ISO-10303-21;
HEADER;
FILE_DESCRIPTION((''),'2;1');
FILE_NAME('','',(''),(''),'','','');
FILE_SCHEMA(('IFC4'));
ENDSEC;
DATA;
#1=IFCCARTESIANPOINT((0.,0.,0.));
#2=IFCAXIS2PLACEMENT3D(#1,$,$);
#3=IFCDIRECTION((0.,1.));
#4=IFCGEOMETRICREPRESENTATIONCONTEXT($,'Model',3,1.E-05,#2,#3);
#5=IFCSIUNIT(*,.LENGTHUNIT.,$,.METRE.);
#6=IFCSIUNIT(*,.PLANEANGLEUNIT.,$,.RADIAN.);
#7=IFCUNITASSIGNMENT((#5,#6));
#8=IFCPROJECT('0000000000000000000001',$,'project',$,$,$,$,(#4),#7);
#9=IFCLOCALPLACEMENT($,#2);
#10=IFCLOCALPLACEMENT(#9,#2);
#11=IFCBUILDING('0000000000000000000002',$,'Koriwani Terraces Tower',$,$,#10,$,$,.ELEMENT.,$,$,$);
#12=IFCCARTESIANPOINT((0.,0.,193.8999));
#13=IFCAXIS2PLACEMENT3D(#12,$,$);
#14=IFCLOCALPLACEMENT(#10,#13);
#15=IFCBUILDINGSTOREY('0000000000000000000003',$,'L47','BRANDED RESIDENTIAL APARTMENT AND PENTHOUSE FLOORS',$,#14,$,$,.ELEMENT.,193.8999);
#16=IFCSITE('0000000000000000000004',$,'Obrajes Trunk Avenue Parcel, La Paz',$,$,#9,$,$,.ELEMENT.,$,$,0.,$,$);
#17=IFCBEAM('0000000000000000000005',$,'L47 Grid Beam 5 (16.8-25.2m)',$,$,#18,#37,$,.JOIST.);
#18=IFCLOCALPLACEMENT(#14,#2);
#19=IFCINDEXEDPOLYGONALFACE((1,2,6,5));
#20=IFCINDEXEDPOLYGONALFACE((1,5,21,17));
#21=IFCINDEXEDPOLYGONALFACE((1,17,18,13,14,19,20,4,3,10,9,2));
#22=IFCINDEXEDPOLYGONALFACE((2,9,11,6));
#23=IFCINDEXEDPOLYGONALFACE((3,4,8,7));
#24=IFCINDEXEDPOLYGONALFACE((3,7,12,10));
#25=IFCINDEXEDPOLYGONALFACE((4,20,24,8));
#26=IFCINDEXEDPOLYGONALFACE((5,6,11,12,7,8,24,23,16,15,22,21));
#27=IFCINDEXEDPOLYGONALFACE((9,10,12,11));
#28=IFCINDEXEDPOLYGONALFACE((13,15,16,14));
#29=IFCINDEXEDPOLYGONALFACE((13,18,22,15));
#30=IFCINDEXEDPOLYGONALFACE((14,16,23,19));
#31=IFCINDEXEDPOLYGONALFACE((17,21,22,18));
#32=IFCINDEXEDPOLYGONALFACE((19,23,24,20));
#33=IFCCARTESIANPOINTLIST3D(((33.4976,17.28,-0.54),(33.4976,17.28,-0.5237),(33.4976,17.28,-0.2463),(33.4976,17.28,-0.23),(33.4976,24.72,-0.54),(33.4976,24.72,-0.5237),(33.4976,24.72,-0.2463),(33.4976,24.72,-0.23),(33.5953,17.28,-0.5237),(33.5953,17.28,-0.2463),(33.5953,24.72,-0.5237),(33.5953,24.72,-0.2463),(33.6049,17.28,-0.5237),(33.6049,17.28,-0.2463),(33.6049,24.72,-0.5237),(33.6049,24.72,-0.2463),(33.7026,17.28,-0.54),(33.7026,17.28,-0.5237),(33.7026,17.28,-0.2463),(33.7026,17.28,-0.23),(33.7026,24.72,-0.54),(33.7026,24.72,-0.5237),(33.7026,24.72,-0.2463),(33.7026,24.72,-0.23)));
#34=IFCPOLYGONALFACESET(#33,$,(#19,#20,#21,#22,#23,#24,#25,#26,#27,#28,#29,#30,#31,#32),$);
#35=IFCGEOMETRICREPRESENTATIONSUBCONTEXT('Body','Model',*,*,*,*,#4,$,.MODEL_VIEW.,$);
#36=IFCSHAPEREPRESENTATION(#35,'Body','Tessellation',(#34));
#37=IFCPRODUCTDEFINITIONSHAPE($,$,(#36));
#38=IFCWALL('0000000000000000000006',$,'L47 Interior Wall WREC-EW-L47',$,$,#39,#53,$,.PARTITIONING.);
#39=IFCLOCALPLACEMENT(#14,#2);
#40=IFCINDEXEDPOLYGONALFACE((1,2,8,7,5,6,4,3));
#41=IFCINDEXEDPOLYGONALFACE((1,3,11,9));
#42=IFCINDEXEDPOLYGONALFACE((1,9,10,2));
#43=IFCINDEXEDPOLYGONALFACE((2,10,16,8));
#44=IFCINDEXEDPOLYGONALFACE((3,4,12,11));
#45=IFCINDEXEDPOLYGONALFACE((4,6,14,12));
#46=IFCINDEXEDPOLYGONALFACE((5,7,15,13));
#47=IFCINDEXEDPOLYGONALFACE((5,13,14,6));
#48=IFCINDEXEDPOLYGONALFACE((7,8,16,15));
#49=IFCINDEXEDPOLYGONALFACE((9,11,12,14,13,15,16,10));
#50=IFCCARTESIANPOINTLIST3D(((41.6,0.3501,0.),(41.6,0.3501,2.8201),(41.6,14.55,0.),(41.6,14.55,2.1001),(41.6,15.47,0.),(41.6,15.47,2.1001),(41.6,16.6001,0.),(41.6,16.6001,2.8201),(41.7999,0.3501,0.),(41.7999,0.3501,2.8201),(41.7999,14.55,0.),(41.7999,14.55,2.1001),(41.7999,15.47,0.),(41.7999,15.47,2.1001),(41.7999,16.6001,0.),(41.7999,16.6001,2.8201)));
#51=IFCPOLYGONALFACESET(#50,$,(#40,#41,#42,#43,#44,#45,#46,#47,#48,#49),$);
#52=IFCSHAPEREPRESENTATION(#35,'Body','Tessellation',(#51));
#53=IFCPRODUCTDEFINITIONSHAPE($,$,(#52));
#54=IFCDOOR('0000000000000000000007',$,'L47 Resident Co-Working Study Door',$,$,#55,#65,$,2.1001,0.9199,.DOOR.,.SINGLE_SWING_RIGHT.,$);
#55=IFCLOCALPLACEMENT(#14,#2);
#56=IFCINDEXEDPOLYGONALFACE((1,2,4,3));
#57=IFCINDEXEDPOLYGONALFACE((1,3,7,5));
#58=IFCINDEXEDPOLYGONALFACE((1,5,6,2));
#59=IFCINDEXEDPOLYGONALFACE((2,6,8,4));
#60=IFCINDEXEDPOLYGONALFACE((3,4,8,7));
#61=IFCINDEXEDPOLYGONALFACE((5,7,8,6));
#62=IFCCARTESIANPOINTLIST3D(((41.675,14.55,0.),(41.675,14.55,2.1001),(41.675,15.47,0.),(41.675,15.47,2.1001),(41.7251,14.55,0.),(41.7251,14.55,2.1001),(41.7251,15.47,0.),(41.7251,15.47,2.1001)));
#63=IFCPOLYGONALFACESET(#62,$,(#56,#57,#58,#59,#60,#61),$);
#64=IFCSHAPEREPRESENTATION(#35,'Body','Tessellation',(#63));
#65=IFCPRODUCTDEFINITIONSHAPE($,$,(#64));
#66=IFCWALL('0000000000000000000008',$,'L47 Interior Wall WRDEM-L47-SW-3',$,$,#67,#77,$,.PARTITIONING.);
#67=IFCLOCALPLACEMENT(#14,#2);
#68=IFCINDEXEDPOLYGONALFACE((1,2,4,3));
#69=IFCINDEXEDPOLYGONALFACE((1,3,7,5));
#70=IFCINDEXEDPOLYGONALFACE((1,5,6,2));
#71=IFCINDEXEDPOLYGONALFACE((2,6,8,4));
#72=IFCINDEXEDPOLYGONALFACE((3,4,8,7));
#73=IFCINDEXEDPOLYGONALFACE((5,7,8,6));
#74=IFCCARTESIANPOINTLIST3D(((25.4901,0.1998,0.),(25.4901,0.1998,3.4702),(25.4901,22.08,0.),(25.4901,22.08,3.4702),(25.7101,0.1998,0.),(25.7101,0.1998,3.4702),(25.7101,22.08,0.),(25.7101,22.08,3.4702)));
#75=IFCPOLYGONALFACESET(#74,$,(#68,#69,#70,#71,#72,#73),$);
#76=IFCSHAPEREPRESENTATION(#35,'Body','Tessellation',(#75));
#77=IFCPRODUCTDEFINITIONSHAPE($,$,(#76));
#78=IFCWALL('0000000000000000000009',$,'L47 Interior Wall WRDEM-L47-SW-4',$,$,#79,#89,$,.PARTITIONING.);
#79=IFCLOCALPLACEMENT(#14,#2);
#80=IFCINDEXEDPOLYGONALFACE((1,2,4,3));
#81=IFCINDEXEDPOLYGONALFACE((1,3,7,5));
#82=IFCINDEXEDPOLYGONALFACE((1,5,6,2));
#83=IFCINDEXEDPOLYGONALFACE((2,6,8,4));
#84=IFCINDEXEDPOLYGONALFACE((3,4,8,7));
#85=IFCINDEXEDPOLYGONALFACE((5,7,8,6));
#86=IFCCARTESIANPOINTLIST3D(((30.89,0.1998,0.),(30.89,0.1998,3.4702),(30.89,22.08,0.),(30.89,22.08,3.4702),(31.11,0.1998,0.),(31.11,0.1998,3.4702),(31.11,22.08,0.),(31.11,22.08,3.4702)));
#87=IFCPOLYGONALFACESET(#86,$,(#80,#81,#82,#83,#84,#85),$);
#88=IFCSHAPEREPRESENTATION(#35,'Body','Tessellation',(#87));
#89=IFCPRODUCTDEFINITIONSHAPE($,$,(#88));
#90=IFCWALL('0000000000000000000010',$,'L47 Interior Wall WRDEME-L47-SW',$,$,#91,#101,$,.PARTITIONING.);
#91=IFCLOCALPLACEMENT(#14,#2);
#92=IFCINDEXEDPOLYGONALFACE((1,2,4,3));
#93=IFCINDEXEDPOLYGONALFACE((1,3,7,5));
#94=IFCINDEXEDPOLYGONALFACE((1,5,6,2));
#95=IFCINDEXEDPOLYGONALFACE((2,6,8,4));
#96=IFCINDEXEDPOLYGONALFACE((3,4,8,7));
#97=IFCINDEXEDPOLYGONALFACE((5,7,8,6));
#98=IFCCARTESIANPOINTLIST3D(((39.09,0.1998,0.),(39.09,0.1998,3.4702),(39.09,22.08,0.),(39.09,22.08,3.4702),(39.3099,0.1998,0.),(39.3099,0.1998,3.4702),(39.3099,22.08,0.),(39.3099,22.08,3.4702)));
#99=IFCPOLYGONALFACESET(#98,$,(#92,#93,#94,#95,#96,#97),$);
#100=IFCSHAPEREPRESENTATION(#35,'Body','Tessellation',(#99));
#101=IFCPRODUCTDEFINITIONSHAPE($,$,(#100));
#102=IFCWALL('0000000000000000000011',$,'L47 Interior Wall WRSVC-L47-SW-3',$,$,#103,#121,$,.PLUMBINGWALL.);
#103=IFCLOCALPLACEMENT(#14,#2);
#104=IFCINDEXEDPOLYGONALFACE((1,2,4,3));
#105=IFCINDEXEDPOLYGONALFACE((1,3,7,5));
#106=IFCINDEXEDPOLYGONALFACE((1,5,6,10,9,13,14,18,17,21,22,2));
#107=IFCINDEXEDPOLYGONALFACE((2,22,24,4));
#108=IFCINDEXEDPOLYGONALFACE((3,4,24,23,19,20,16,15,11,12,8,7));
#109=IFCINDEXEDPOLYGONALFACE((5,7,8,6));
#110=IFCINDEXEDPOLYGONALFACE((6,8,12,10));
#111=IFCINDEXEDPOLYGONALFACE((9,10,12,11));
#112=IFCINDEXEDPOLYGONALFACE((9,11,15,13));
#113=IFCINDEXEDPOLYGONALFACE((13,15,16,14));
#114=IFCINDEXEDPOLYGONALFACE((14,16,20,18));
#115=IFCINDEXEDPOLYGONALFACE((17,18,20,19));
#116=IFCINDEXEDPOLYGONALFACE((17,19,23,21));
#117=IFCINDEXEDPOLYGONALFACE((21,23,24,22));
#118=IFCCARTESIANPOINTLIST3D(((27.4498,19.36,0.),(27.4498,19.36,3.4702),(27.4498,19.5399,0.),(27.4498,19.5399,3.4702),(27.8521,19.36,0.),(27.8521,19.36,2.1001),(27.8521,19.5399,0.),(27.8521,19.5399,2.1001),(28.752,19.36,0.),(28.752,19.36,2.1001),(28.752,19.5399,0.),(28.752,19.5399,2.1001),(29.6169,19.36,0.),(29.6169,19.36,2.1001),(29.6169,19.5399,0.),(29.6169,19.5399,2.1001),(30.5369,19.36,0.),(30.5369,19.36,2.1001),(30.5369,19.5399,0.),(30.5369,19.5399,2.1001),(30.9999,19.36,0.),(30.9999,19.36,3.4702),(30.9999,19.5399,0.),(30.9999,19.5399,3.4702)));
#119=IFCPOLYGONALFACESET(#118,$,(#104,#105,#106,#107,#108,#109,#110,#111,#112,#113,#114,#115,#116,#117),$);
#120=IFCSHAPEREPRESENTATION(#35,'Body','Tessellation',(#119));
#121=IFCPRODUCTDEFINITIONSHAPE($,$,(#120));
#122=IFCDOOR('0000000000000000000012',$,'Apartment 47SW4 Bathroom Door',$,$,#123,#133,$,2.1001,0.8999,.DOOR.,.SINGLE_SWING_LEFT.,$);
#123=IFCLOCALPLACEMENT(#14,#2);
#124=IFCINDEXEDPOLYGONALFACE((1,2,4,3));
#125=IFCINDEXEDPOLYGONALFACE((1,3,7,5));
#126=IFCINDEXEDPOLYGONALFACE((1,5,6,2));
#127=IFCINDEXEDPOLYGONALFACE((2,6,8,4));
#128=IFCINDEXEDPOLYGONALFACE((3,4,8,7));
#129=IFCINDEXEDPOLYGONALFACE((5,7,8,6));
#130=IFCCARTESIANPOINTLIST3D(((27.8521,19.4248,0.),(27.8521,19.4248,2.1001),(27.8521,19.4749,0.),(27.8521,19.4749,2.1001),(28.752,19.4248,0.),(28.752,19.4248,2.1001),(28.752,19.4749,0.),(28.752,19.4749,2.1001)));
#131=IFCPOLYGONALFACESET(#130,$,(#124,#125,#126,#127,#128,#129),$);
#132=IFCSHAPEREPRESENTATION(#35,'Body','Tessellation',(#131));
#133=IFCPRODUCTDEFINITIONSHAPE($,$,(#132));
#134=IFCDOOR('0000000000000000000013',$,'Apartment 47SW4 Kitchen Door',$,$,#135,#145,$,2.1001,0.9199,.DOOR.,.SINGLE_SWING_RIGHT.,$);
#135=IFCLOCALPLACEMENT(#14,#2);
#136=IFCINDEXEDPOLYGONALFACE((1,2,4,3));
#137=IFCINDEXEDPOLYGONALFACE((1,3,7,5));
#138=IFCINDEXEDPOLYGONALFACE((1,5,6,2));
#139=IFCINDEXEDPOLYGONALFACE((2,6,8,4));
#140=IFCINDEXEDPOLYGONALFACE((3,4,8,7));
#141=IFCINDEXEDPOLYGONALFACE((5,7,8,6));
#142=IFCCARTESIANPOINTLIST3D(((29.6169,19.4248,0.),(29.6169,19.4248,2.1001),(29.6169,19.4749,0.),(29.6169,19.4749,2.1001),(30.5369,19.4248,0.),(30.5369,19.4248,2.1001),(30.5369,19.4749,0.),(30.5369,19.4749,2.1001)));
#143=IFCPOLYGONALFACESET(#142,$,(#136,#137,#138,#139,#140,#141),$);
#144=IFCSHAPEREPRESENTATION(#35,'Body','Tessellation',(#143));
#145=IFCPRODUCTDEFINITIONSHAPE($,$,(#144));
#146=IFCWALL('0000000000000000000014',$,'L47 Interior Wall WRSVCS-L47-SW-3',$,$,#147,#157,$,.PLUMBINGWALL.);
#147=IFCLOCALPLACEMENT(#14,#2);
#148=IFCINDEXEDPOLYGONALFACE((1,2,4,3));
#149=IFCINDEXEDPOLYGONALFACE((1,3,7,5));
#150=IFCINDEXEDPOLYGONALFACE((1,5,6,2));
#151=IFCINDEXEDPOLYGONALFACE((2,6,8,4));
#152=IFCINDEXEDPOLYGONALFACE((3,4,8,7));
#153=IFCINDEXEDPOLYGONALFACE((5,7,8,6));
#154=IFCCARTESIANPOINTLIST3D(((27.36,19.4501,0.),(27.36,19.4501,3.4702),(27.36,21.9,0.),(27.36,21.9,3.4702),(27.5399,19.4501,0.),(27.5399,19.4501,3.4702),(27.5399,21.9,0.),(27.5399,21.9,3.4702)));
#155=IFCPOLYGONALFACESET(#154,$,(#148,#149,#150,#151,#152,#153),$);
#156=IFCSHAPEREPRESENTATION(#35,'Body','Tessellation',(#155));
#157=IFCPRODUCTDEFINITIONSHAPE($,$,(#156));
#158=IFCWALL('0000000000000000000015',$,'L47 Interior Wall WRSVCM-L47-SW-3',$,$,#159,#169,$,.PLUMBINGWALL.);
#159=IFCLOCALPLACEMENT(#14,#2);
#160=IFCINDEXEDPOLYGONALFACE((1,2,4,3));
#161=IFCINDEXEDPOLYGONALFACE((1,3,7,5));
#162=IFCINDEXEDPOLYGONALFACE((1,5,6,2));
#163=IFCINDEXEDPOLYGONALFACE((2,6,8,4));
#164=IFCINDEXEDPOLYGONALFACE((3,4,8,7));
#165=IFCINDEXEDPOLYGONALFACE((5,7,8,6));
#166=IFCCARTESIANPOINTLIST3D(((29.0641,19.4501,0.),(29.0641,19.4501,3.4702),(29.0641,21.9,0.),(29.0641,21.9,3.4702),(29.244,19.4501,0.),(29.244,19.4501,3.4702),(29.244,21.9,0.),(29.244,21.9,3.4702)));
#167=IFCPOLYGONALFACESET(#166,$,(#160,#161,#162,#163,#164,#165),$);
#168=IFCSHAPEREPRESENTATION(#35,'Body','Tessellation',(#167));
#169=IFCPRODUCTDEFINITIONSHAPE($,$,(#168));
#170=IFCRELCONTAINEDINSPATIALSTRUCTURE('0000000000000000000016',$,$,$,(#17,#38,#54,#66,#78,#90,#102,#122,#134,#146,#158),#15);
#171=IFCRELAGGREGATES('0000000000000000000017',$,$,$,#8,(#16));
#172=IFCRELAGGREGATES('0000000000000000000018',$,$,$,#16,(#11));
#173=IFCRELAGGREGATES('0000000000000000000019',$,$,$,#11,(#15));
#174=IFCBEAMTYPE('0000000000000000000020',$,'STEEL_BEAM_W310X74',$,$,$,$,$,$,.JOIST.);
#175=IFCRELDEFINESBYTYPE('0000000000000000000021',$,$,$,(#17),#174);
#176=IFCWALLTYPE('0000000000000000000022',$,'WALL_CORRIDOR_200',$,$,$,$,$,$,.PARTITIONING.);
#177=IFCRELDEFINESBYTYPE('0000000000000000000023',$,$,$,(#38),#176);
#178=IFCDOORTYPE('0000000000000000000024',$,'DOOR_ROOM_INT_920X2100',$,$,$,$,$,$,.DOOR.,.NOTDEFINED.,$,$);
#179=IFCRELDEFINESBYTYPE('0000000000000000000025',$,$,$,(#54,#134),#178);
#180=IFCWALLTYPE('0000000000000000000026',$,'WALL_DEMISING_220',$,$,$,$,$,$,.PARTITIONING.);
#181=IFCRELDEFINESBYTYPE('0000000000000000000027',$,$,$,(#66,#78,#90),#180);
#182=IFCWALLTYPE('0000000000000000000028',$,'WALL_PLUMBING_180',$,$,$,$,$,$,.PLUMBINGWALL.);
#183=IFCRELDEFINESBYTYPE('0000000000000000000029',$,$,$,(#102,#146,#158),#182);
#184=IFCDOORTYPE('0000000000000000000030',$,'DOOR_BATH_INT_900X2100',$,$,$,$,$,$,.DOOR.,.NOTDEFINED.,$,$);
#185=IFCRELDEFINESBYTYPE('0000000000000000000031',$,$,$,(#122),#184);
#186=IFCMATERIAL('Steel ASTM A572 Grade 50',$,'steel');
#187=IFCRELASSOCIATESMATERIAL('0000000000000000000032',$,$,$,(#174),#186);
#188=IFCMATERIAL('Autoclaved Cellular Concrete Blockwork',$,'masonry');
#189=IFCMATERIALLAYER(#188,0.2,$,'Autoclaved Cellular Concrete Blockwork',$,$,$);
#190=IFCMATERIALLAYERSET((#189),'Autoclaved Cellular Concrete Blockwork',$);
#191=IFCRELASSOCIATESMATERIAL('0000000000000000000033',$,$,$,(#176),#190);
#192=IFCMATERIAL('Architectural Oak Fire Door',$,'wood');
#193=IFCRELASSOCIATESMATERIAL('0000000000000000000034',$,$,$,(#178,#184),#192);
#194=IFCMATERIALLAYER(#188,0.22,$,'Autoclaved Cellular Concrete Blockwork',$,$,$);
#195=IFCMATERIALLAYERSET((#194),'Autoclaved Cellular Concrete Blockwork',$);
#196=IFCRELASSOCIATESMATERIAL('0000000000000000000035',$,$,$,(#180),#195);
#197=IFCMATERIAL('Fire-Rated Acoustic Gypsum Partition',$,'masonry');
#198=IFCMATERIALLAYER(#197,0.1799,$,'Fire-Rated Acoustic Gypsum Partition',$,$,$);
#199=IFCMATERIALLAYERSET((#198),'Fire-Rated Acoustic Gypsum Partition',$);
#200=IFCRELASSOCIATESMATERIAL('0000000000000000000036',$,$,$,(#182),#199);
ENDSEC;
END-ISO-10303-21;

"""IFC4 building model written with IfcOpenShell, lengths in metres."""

from ifc_helpers import new_model, si_unit, direction, frame, frame_2d, origin, origin_2d, place, context, subcontext, project, spatial, rectangle, i_section, extrude, material, layer, layer_set, material_profile, profile_set, type_object, element, fill, save


model = new_model("IFC4")

# Units and contexts
model_context = context("Model", 3, precision=1e-05, world=origin(), true_north=direction((0.0, 1.0)))
body_context = subcontext(model_context, "Body", "Model", "MODEL_VIEW")
ifc_project = project(units=[si_unit("LENGTHUNIT", "METRE"), si_unit("PLANEANGLEUNIT", "RADIAN")], contexts=[model_context])

# Site, building, storey
site_placement = place(None, origin())
site = spatial("IfcSite", under=ifc_project, at=site_placement, Name="Obrajes Trunk Avenue Parcel, La Paz", CompositionType="ELEMENT", RefElevation=0.0)
building_placement = place(site_placement, origin())
building = spatial("IfcBuilding", under=site, at=building_placement, Name="Koriwani Terraces Tower", CompositionType="ELEMENT")
storey_placement = place(building_placement, frame((0.0, 0.0, 193.8999)))
storey = spatial("IfcBuildingStorey", under=building, at=storey_placement, Name="L47", Description="BRANDED RESIDENTIAL APARTMENT AND PENTHOUSE FLOORS", CompositionType="ELEMENT", Elevation=193.8999)

# Beam
ifc_material_1 = material(Name="Steel ASTM A572 Grade 50", Category="steel")
ifc_material_profile_1 = material_profile(ifc_material_1, i_section(OverallWidth=0.2051, OverallDepth=0.3101, WebThickness=0.0095, FlangeThickness=0.0164, at=origin_2d()), Name="Steel ASTM A572 Grade 50", Category="LoadBearing")
ifc_profile_set_1 = profile_set([ifc_material_profile_1], Name="Steel ASTM A572 Grade 50")
beam_type_1 = type_object("IfcBeamType", Name="STEEL_BEAM_W310X74", PredefinedType="JOIST", material=ifc_profile_set_1)
beam_1_placement = place(storey_placement, frame((33.6001, 17.28, -0.385), z_axis=(0.0, 1.0, 0.0), x_axis=(-1.0, 0.0, 0.0)))
element("IfcBeam", 1, at=beam_1_placement, inside=storey, type_object=beam_type_1, Name="L47 Grid Beam 5 (16.8-25.2m)", PredefinedType="JOIST", context=body_context, shape_type="SweptSolid", body=[
    extrude(i_section(OverallWidth=0.2051, OverallDepth=0.3101, WebThickness=0.0095, FlangeThickness=0.0164, at=origin_2d()), origin(), (0.0, 0.0, 1.0), 7.4399),
])

# Wall, opening, door
ifc_material_2 = material(Name="Autoclaved Cellular Concrete Blockwork", Category="masonry")
ifc_layer_1 = layer(ifc_material_2, 0.2, Name="Autoclaved Cellular Concrete Blockwork")
ifc_layer_set_1 = layer_set([ifc_layer_1], Name="Autoclaved Cellular Concrete Blockwork")
wall_type_1 = type_object("IfcWallType", Name="WALL_CORRIDOR_200", PredefinedType="PARTITIONING", material=ifc_layer_set_1)
wall_1_placement = place(storey_placement, frame((41.7, 0.3501, 0.0), z_axis=(0.0, 0.0, 1.0), x_axis=(0.0, 1.0, 0.0)))
wall_1 = element("IfcWall", 2, at=wall_1_placement, inside=storey, type_object=wall_type_1, Name="L47 Interior Wall WREC-EW-L47", PredefinedType="PARTITIONING", context=body_context, shape_type="SweptSolid", body=[
    extrude(rectangle(XDim=16.25, YDim=0.2, at=frame_2d((8.125, 0.0))), origin(), (0.0, 0.0, 1.0), 2.8201),
])
opening_1_placement = place(wall_1_placement, frame((14.2, 0.0, 0.0)))
opening_1 = element("IfcOpeningElement", 3, at=opening_1_placement, cuts=wall_1, PredefinedType="OPENING", context=body_context, shape_type="SweptSolid", body=[
    extrude(rectangle(XDim=0.9199, YDim=2.1001, at=frame_2d((0.46, 1.05))), frame((0.0, 0.1099, 0.0), z_axis=(0.0, -1.0, 0.0), x_axis=(1.0, 0.0, 0.0)), (0.0, 0.0, 1.0), 0.22),
])
ifc_material_3 = material(Name="Architectural Oak Fire Door", Category="wood")
door_type_1 = type_object("IfcDoorType", Name="DOOR_ROOM_INT_920X2100", OperationType="NOTDEFINED", PredefinedType="DOOR", material=ifc_material_3)
door_1_placement = place(opening_1_placement, origin())
door_1 = element("IfcDoor", 4, at=door_1_placement, inside=storey, type_object=door_type_1, Name="L47 Resident Co-Working Study Door", OperationType="SINGLE_SWING_RIGHT", OverallHeight=2.1001, OverallWidth=0.9199, PredefinedType="DOOR", context=body_context, shape_type="SweptSolid", body=[
    extrude(rectangle(XDim=0.9199, YDim=2.1001, at=frame_2d((0.46, 1.05))), frame((0.0, 0.0249, 0.0), z_axis=(0.0, -1.0, 0.0), x_axis=(1.0, 0.0, 0.0)), (0.0, 0.0, 1.0), 0.05),
])
fill(opening_1, door_1)

# Walls
ifc_layer_2 = layer(ifc_material_2, 0.22, Name="Autoclaved Cellular Concrete Blockwork")
ifc_layer_set_2 = layer_set([ifc_layer_2], Name="Autoclaved Cellular Concrete Blockwork")
wall_type_2 = type_object("IfcWallType", Name="WALL_DEMISING_220", PredefinedType="PARTITIONING", material=ifc_layer_set_2)
for number, where, z_axis, x_axis, name in (
    (5, (25.6001, 0.2, 0.0), (0.0, 0.0, 1.0), (0.0, 1.0, 0.0), "L47 Interior Wall WRDEM-L47-SW-3"),
    (6, (31.0, 0.2, 0.0), (0.0, 0.0, 1.0), (0.0, 1.0, 0.0), "L47 Interior Wall WRDEM-L47-SW-4"),
    (7, (39.2, 0.2, 0.0), (0.0, 0.0, 1.0), (0.0, 1.0, 0.0), "L47 Interior Wall WRDEME-L47-SW"),
):
    element("IfcWall", number, at=place(storey_placement, frame(where, z_axis=z_axis, x_axis=x_axis)), inside=storey, type_object=wall_type_2, Name=name, PredefinedType="PARTITIONING", context=body_context, shape_type="SweptSolid", body=[
        extrude(rectangle(XDim=21.8801, YDim=0.22, at=frame_2d((10.9399, 0.0))), origin(), (0.0, 0.0, 1.0), 3.4702),
    ])

# Wall, openings, doors
ifc_material_4 = material(Name="Fire-Rated Acoustic Gypsum Partition", Category="masonry")
ifc_layer_3 = layer(ifc_material_4, 0.1799, Name="Fire-Rated Acoustic Gypsum Partition")
ifc_layer_set_3 = layer_set([ifc_layer_3], Name="Fire-Rated Acoustic Gypsum Partition")
wall_type_3 = type_object("IfcWallType", Name="WALL_PLUMBING_180", PredefinedType="PLUMBINGWALL", material=ifc_layer_set_3)
wall_2_placement = place(storey_placement, frame((27.45, 19.45, 0.0), z_axis=(0.0, 0.0, 1.0), x_axis=(1.0, 0.0, 0.0)))
wall_2 = element("IfcWall", 8, at=wall_2_placement, inside=storey, type_object=wall_type_3, Name="L47 Interior Wall WRSVC-L47-SW-3", PredefinedType="PLUMBINGWALL", context=body_context, shape_type="SweptSolid", body=[
    extrude(rectangle(XDim=3.55, YDim=0.1799, at=frame_2d((1.7749, 0.0))), origin(), (0.0, 0.0, 1.0), 3.4702),
])
opening_2_placement = place(wall_2_placement, frame((0.4021, 0.0, 0.0)))
opening_2 = element("IfcOpeningElement", 9, at=opening_2_placement, cuts=wall_2, PredefinedType="OPENING", context=body_context, shape_type="SweptSolid", body=[
    extrude(rectangle(XDim=0.8999, YDim=2.1001, at=frame_2d((0.45, 1.05))), frame((0.0, 0.1001, 0.0), z_axis=(0.0, -1.0, 0.0), x_axis=(1.0, 0.0, 0.0)), (0.0, 0.0, 1.0), 0.2),
])
opening_3_placement = place(wall_2_placement, frame((2.167, 0.0, 0.0)))
opening_3 = element("IfcOpeningElement", 10, at=opening_3_placement, cuts=wall_2, PredefinedType="OPENING", context=body_context, shape_type="SweptSolid", body=[
    extrude(rectangle(XDim=0.9199, YDim=2.1001, at=frame_2d((0.46, 1.05))), frame((0.0, 0.1001, 0.0), z_axis=(0.0, -1.0, 0.0), x_axis=(1.0, 0.0, 0.0)), (0.0, 0.0, 1.0), 0.2),
])
door_type_2 = type_object("IfcDoorType", Name="DOOR_BATH_INT_900X2100", OperationType="NOTDEFINED", PredefinedType="DOOR", material=ifc_material_3)
door_2_placement = place(opening_2_placement, origin())
door_2 = element("IfcDoor", 11, at=door_2_placement, inside=storey, type_object=door_type_2, Name="Apartment 47SW4 Bathroom Door", OperationType="SINGLE_SWING_LEFT", OverallHeight=2.1001, OverallWidth=0.8999, PredefinedType="DOOR", context=body_context, shape_type="SweptSolid", body=[
    extrude(rectangle(XDim=0.8999, YDim=2.1001, at=frame_2d((0.45, 1.05))), frame((0.0, 0.0249, 0.0), z_axis=(0.0, -1.0, 0.0), x_axis=(1.0, 0.0, 0.0)), (0.0, 0.0, 1.0), 0.05),
])
fill(opening_2, door_2)
door_3_placement = place(opening_3_placement, origin())
door_3 = element("IfcDoor", 12, at=door_3_placement, inside=storey, type_object=door_type_1, Name="Apartment 47SW4 Kitchen Door", OperationType="SINGLE_SWING_RIGHT", OverallHeight=2.1001, OverallWidth=0.9199, PredefinedType="DOOR", context=body_context, shape_type="SweptSolid", body=[
    extrude(rectangle(XDim=0.9199, YDim=2.1001, at=frame_2d((0.46, 1.05))), frame((0.0, 0.0249, 0.0), z_axis=(0.0, -1.0, 0.0), x_axis=(1.0, 0.0, 0.0)), (0.0, 0.0, 1.0), 0.05),
])
fill(opening_3, door_3)

# Walls
for number, where, z_axis, x_axis, name in (
    (13, (27.45, 19.45, 0.0), (0.0, 0.0, 1.0), (0.0, 1.0, 0.0), "L47 Interior Wall WRSVCS-L47-SW-3"),
    (14, (29.1541, 19.45, 0.0), (0.0, 0.0, 1.0), (0.0, 1.0, 0.0), "L47 Interior Wall WRSVCM-L47-SW-3"),
):
    element("IfcWall", number, at=place(storey_placement, frame(where, z_axis=z_axis, x_axis=x_axis)), inside=storey, type_object=wall_type_3, Name=name, PredefinedType="PLUMBINGWALL", context=body_context, shape_type="SweptSolid", body=[
        extrude(rectangle(XDim=2.45, YDim=0.1799, at=frame_2d((1.2251, 0.0))), origin(), (0.0, 0.0, 1.0), 3.4702),
    ])

save(model, "model.ifc")
